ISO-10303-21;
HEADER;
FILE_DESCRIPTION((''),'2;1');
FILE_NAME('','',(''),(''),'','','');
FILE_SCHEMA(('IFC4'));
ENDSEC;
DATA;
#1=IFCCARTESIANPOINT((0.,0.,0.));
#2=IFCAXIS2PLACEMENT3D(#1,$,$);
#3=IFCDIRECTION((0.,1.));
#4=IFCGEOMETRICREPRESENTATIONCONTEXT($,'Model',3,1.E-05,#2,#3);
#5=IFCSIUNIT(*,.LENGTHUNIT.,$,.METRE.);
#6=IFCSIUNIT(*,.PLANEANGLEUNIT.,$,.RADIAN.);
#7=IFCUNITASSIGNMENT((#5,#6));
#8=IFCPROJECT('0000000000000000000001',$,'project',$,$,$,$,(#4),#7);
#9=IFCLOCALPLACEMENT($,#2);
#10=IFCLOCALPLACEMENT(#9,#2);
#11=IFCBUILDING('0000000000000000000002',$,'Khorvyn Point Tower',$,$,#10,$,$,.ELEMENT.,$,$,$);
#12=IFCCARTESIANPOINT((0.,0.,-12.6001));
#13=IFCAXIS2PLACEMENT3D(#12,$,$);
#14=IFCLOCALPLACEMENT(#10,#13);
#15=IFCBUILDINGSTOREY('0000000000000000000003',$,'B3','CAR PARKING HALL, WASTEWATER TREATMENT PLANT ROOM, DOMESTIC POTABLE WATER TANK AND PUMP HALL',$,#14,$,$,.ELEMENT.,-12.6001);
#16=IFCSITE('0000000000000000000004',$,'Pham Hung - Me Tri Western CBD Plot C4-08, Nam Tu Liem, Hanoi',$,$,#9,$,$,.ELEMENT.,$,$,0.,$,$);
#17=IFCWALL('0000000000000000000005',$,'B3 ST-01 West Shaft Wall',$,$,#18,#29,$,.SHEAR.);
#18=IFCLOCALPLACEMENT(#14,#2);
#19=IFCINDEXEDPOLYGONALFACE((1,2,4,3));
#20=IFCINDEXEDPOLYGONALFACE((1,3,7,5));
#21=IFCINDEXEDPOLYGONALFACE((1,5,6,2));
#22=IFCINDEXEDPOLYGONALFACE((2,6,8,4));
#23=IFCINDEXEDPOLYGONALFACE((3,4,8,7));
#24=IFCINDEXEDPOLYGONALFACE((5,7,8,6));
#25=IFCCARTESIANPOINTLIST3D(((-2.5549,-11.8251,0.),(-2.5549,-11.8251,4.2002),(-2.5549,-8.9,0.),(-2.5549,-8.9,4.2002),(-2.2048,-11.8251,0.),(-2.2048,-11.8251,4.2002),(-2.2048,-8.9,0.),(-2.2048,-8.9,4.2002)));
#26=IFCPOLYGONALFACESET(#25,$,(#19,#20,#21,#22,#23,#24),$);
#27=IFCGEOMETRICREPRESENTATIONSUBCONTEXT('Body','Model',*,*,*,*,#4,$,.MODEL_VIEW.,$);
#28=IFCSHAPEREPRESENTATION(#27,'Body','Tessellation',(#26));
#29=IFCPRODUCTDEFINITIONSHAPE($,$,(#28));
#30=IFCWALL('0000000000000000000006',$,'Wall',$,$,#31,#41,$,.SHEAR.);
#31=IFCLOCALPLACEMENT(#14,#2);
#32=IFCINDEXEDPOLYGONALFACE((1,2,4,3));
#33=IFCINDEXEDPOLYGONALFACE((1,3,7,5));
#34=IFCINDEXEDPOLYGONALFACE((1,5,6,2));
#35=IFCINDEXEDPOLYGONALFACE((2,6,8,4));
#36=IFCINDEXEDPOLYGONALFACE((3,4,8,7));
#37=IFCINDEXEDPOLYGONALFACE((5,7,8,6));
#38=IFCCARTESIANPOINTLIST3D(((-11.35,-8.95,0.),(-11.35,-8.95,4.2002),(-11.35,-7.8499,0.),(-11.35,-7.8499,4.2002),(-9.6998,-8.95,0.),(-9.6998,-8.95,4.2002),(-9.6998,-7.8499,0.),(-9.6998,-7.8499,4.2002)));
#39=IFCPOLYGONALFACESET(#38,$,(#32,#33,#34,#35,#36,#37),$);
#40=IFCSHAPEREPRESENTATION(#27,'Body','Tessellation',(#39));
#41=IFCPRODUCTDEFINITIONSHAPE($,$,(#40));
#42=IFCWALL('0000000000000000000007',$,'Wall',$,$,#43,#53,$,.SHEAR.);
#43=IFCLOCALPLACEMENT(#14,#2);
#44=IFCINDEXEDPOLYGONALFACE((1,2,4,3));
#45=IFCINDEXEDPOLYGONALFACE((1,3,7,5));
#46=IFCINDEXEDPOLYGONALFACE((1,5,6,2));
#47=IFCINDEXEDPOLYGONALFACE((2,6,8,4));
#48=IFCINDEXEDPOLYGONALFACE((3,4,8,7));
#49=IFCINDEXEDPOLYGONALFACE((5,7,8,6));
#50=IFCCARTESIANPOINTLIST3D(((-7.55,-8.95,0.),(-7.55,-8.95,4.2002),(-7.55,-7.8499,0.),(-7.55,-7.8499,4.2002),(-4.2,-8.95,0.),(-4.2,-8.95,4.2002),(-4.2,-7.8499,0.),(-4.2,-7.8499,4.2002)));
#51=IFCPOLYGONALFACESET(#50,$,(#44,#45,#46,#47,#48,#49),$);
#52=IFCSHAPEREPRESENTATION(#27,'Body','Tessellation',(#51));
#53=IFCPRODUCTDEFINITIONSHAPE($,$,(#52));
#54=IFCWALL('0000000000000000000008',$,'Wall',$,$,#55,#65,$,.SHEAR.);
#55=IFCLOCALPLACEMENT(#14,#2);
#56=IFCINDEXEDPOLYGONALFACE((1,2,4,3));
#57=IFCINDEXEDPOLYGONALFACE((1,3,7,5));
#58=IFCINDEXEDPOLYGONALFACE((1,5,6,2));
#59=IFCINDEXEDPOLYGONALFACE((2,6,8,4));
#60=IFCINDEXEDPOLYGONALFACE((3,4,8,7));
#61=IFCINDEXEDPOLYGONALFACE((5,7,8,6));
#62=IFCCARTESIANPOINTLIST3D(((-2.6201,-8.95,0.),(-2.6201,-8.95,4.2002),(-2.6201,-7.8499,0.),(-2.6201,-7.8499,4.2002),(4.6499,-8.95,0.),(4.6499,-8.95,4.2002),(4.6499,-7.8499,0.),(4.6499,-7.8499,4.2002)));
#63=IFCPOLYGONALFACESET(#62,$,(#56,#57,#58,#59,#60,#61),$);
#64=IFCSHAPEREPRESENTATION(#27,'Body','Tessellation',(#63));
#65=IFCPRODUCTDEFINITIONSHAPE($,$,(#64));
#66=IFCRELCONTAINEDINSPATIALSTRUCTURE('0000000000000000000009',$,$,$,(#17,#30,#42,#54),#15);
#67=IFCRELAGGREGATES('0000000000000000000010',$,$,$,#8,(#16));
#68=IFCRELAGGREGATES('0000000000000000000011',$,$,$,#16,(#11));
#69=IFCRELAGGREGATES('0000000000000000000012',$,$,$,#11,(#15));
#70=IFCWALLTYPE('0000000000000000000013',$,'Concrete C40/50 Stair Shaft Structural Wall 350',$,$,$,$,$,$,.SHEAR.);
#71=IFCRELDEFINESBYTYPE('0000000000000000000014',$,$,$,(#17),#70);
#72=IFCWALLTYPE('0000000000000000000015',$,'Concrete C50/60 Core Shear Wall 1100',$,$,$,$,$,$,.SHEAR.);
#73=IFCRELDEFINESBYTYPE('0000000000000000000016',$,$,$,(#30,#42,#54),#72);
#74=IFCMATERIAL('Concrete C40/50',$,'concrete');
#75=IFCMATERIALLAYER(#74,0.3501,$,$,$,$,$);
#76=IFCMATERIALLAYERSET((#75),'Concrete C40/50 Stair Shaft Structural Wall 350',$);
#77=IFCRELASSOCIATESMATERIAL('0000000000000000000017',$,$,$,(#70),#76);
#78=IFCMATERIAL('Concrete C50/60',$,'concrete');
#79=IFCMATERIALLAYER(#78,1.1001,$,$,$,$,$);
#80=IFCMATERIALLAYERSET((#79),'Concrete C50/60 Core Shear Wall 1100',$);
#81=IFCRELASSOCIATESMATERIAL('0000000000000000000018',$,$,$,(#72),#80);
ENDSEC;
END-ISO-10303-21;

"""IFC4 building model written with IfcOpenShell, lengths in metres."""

from ifc_helpers import new_model, si_unit, direction, frame, frame_2d, origin, place, context, subcontext, project, spatial, rectangle, extrude, material, layer, layer_set, type_object, element, save


model = new_model("IFC4")

# Units and contexts
model_context = context("Model", 3, precision=1e-05, world=origin(), true_north=direction((0.0, 1.0)))
body_context = subcontext(model_context, "Body", "Model", "MODEL_VIEW")
ifc_project = project(units=[si_unit("LENGTHUNIT", "METRE"), si_unit("PLANEANGLEUNIT", "RADIAN")], contexts=[model_context])

# Site, building, storey
site_placement = place(None, origin())
site = spatial("IfcSite", under=ifc_project, at=site_placement, Name="Pham Hung - Me Tri Western CBD Plot C4-08, Nam Tu Liem, Hanoi", CompositionType="ELEMENT", RefElevation=0.0)
building_placement = place(site_placement, origin())
building = spatial("IfcBuilding", under=site, at=building_placement, Name="Khorvyn Point Tower", CompositionType="ELEMENT")
storey_placement = place(building_placement, frame((0.0, 0.0, -12.6001)))
storey = spatial("IfcBuildingStorey", under=building, at=storey_placement, Name="B3", Description="CAR PARKING HALL, WASTEWATER TREATMENT PLANT ROOM, DOMESTIC POTABLE WATER TANK AND PUMP HALL", CompositionType="ELEMENT", Elevation=-12.6001)

# Shared definitions
ifc_material_1 = material(Name="Concrete C40/50", Category="concrete")

# Shared definitions
ifc_material_2 = material(Name="Concrete C50/60", Category="concrete")

# Walls
ifc_layer_1 = layer(ifc_material_1, 0.3501)
ifc_layer_set_1 = layer_set([ifc_layer_1], Name="Concrete C40/50 Stair Shaft Structural Wall 350")
wall_type_1 = type_object("IfcWallType", Name="Concrete C40/50 Stair Shaft Structural Wall 350", PredefinedType="SHEAR", material=ifc_layer_set_1)
wall_1_placement = place(storey_placement, frame((-2.3799, -11.825, 0.0), z_axis=(0.0, 0.0, 1.0), x_axis=(0.0, 1.0, 0.0)))
element("IfcWall", 1, at=wall_1_placement, inside=storey, type_object=wall_type_1, Name="B3 ST-01 West Shaft Wall", PredefinedType="SHEAR", context=body_context, shape_type="SweptSolid", body=[
    extrude(rectangle(XDim=2.925, YDim=0.3501, at=frame_2d((1.4624, 0.0))), origin(), (0.0, 0.0, 1.0), 4.2002),
])
ifc_layer_2 = layer(ifc_material_2, 1.1001)
ifc_layer_set_2 = layer_set([ifc_layer_2], Name="Concrete C50/60 Core Shear Wall 1100")
wall_type_2 = type_object("IfcWallType", Name="Concrete C50/60 Core Shear Wall 1100", PredefinedType="SHEAR", material=ifc_layer_set_2)
wall_2_placement = place(storey_placement, frame((-11.3501, -8.3999, 0.0), z_axis=(0.0, 0.0, 1.0), x_axis=(1.0, 0.0, 0.0)))
element("IfcWall", 2, at=wall_2_placement, inside=storey, type_object=wall_type_2, Name="Wall", PredefinedType="SHEAR", context=body_context, shape_type="SweptSolid", body=[
    extrude(rectangle(XDim=1.6501, YDim=1.1001, at=frame_2d((0.8252, 0.0))), origin(), (0.0, 0.0, 1.0), 4.2002),
])
wall_3_placement = place(storey_placement, frame((-7.55, -8.3999, 0.0), z_axis=(0.0, 0.0, 1.0), x_axis=(1.0, 0.0, 0.0)))
element("IfcWall", 3, at=wall_3_placement, inside=storey, type_object=wall_type_2, Name="Wall", PredefinedType="SHEAR", context=body_context, shape_type="SweptSolid", body=[
    extrude(rectangle(XDim=3.3501, YDim=1.1001, at=frame_2d((1.675, 0.0))), origin(), (0.0, 0.0, 1.0), 4.2002),
])
wall_4_placement = place(storey_placement, frame((-2.6201, -8.3999, 0.0), z_axis=(0.0, 0.0, 1.0), x_axis=(1.0, 0.0, 0.0)))
element("IfcWall", 4, at=wall_4_placement, inside=storey, type_object=wall_type_2, Name="Wall", PredefinedType="SHEAR", context=body_context, shape_type="SweptSolid", body=[
    extrude(rectangle(XDim=7.27, YDim=1.1001, at=frame_2d((3.635, 0.0))), origin(), (0.0, 0.0, 1.0), 4.2002),
])

save(model, "model.ifc")
